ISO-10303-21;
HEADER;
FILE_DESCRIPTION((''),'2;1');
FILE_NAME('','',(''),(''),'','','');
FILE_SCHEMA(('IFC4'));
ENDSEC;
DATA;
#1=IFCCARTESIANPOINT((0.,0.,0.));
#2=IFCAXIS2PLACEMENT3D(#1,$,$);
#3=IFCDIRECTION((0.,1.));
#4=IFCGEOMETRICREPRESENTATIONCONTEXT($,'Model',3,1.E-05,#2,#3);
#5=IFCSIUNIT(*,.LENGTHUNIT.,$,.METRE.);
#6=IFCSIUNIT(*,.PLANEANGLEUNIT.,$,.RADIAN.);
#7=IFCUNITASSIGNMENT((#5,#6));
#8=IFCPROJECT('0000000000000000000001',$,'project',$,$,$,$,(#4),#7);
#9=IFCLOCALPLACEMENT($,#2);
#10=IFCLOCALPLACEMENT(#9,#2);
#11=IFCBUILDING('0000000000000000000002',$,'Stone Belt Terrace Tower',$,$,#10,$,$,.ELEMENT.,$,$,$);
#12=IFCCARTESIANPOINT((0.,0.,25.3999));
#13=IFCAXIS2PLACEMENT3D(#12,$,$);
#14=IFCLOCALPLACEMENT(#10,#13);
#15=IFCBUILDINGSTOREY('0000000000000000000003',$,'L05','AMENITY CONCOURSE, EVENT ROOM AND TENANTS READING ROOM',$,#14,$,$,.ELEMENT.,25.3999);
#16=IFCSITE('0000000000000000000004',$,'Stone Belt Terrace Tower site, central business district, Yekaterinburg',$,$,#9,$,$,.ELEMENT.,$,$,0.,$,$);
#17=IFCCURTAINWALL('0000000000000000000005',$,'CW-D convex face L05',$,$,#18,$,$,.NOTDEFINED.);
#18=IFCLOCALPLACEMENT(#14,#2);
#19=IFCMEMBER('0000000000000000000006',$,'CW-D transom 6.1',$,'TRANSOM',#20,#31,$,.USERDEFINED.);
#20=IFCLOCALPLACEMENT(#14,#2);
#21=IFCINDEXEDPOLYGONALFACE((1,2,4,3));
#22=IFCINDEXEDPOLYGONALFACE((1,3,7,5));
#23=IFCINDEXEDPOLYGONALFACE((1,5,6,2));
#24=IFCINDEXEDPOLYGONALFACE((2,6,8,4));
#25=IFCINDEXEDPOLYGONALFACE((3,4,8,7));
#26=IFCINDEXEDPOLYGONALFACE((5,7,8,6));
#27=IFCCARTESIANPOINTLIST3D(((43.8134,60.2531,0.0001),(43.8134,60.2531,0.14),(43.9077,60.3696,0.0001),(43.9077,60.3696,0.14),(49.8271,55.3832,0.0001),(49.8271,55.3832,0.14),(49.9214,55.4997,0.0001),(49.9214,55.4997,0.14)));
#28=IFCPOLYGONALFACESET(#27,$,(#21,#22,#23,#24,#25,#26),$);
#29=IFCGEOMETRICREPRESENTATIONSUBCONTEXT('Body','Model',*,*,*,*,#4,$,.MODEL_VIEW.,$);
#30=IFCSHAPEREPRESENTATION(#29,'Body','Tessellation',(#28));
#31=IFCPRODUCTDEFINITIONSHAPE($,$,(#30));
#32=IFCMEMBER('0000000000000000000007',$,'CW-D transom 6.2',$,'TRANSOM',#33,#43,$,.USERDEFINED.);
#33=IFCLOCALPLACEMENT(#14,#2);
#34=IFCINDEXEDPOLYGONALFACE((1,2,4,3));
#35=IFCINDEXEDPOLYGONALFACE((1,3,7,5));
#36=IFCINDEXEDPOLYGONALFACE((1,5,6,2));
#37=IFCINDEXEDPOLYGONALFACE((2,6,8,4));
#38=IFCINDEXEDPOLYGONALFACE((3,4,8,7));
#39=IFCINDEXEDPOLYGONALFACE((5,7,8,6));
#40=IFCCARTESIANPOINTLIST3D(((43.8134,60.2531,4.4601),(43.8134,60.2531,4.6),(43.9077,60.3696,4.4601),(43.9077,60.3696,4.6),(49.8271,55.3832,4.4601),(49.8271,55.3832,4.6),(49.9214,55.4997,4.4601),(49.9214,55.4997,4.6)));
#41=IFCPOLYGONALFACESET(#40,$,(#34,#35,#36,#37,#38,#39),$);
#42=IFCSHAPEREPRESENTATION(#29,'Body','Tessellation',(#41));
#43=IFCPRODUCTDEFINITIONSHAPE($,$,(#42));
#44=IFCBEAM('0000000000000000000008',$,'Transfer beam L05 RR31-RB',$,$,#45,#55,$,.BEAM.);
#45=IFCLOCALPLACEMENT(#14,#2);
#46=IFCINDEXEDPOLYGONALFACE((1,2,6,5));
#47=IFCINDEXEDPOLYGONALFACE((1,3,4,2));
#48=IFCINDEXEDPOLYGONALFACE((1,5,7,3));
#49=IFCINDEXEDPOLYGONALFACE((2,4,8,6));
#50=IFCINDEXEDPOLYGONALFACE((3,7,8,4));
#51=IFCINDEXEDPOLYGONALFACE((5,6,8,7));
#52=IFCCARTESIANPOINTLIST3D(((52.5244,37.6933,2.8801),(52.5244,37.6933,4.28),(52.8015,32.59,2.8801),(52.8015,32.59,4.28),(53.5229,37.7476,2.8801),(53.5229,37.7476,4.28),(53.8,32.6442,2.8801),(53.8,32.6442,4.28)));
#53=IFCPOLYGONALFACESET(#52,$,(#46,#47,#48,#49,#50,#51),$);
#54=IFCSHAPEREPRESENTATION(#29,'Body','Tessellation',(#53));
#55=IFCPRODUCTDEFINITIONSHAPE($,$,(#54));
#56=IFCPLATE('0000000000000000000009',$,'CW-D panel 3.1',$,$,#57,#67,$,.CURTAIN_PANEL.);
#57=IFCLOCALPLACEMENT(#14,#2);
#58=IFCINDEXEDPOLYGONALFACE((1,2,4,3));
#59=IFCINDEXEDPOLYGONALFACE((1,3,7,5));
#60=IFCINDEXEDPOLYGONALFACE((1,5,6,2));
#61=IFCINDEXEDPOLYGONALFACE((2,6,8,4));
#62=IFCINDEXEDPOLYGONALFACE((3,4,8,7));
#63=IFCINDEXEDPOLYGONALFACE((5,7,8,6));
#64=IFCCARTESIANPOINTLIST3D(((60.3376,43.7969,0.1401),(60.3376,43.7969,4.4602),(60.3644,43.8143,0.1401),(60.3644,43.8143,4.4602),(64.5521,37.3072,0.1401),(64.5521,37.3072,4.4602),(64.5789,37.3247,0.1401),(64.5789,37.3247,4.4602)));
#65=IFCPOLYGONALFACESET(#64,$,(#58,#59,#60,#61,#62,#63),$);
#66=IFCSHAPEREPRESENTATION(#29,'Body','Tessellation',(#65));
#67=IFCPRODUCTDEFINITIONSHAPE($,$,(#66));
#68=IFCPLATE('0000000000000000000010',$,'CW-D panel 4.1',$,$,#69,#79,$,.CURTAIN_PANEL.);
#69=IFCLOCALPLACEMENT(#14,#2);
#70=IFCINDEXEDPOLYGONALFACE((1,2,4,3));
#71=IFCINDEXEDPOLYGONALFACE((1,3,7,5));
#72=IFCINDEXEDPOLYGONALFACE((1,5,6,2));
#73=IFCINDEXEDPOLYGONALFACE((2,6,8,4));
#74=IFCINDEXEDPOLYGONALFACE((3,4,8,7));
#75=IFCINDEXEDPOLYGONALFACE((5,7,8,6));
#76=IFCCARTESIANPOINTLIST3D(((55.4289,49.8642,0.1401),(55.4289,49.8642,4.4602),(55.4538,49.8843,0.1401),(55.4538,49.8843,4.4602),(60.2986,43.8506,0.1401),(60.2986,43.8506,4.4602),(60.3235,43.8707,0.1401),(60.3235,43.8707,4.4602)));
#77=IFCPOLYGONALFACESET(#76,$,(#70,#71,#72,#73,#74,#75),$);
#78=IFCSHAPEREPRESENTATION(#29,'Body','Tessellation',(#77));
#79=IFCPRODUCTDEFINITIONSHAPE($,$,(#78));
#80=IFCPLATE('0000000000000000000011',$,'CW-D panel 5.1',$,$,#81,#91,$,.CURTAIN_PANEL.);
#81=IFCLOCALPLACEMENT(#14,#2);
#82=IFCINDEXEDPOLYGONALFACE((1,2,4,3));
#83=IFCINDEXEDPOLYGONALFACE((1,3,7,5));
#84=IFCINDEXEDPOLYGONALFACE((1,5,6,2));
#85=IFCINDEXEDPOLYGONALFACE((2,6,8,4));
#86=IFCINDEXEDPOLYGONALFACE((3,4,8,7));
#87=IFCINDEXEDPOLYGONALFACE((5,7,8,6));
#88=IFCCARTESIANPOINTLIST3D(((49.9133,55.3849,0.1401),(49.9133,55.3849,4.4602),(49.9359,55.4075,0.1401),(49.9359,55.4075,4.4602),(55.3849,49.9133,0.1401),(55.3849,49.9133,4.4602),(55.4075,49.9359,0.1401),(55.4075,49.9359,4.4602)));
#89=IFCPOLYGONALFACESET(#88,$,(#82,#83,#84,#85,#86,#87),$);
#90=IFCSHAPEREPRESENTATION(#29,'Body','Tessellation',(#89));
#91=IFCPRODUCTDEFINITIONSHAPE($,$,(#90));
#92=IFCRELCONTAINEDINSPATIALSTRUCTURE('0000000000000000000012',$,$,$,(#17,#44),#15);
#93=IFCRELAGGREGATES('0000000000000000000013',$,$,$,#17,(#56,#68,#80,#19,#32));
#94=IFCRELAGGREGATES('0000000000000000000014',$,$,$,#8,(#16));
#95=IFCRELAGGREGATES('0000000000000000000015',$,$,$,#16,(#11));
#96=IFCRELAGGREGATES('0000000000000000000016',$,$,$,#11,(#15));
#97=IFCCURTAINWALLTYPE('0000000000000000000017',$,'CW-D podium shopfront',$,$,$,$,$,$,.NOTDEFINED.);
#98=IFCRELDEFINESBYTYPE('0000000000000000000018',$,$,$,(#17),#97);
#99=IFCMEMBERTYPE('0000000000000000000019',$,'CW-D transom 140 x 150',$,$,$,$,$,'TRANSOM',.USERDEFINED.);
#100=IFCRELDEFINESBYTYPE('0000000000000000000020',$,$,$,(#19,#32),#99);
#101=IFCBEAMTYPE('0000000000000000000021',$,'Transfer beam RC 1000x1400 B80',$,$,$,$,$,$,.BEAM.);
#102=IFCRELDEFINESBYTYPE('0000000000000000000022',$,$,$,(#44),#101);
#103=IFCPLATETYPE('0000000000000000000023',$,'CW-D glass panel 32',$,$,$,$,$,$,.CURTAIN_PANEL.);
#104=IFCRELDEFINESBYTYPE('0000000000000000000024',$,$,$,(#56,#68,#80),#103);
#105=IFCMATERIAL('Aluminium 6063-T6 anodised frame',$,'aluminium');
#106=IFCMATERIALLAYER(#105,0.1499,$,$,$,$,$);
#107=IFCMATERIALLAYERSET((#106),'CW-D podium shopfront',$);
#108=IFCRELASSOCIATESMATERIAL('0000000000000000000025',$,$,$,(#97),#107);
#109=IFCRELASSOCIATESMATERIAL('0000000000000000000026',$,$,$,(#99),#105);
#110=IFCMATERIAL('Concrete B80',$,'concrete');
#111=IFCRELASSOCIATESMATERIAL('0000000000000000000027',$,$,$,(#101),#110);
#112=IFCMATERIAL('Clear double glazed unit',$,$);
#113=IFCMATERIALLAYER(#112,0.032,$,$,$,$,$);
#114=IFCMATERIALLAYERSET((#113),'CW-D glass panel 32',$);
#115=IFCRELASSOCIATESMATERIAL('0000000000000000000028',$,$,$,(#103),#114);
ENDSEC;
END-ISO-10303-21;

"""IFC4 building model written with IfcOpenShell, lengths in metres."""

from ifc_helpers import new_model, si_unit, direction, frame, origin, origin_2d, place, context, subcontext, project, spatial, rectangle, extrude, material, layer, layer_set, material_profile, profile_set, type_object, element, aggregate, save


model = new_model("IFC4")

# Units and contexts
model_context = context("Model", 3, precision=1e-05, world=origin(), true_north=direction((0.0, 1.0)))
body_context = subcontext(model_context, "Body", "Model", "MODEL_VIEW")
ifc_project = project(units=[si_unit("LENGTHUNIT", "METRE"), si_unit("PLANEANGLEUNIT", "RADIAN")], contexts=[model_context])

# Site, building, storey
site_placement = place(None, origin())
site = spatial("IfcSite", under=ifc_project, at=site_placement, Name="Stone Belt Terrace Tower site, central business district, Yekaterinburg", CompositionType="ELEMENT", RefElevation=0.0)
building_placement = place(site_placement, origin())
building = spatial("IfcBuilding", under=site, at=building_placement, Name="Stone Belt Terrace Tower", CompositionType="ELEMENT")
storey_placement = place(building_placement, frame((0.0, 0.0, 25.3999)))
storey = spatial("IfcBuildingStorey", under=building, at=storey_placement, Name="L05", Description="AMENITY CONCOURSE, EVENT ROOM AND TENANTS READING ROOM", CompositionType="ELEMENT", Elevation=25.3999)

# Shared definitions
ifc_material_1 = material(Name="Concrete B80", Category="concrete")

# Curtain wall, members
ifc_material_2 = material(Name="Aluminium 6063-T6 anodised frame", Category="aluminium")
ifc_layer_1 = layer(ifc_material_2, 0.1499)
ifc_layer_set_1 = layer_set([ifc_layer_1], Name="CW-D podium shopfront")
curtain_wall_type = type_object("IfcCurtainWallType", Name="CW-D podium shopfront", PredefinedType="NOTDEFINED", material=ifc_layer_set_1)
curtain_wall_placement = place(storey_placement, origin())
curtain_wall = element("IfcCurtainWall", 1, at=curtain_wall_placement, inside=storey, type_object=curtain_wall_type, Name="CW-D convex face L05", PredefinedType="NOTDEFINED")
ifc_material_profile_1 = material_profile(ifc_material_2, rectangle(XDim=0.1499, YDim=0.1399, at=origin_2d()), Name="Aluminium 6063-T6 150x140")
ifc_profile_set_1 = profile_set([ifc_material_profile_1], Name="Aluminium 6063-T6 anodised frame")
member_type_1 = type_object("IfcMemberType", Name="CW-D transom 140 x 150", ElementType="TRANSOM", PredefinedType="USERDEFINED", material=ifc_profile_set_1)
member_1_placement = place(storey_placement, frame((49.8743, 55.4414, 0.0701), z_axis=(-0.77714, 0.629328, 0.0), x_axis=(-0.629328, -0.77714, 0.0)))
member_1 = element("IfcMember", 2, at=member_1_placement, type_object=member_type_1, Name="CW-D transom 6.1", ObjectType="TRANSOM", PredefinedType="USERDEFINED", context=body_context, shape_type="SweptSolid", body=[
    extrude(rectangle(XDim=0.1499, YDim=0.1399, at=origin_2d()), origin(), (0.0, 0.0, 1.0), 7.7383),
])
member_2_placement = place(storey_placement, frame((49.8743, 55.4414, 4.53), z_axis=(-0.77714, 0.629328, 0.0), x_axis=(-0.629328, -0.77714, 0.0)))
member_2 = element("IfcMember", 3, at=member_2_placement, type_object=member_type_1, Name="CW-D transom 6.2", ObjectType="TRANSOM", PredefinedType="USERDEFINED", context=body_context, shape_type="SweptSolid", body=[
    extrude(rectangle(XDim=0.1499, YDim=0.1399, at=origin_2d()), origin(), (0.0, 0.0, 1.0), 7.7383),
])

# Beam
ifc_material_profile_2 = material_profile(ifc_material_1, rectangle(XDim=1.0, YDim=1.3999, at=origin_2d()), Name="RC 1000x1400")
ifc_profile_set_2 = profile_set([ifc_material_profile_2], Name="Concrete B80")
beam_type = type_object("IfcBeamType", Name="Transfer beam RC 1000x1400 B80", PredefinedType="BEAM", material=ifc_profile_set_2)
beam_placement = place(storey_placement, frame((53.0237, 37.7205, 3.5801), z_axis=(0.054219, -0.998529, 0.0), x_axis=(0.998529, 0.054219, 0.0)))
element("IfcBeam", 4, at=beam_placement, inside=storey, type_object=beam_type, Name="Transfer beam L05 RR31-RB", PredefinedType="BEAM", context=body_context, shape_type="SweptSolid", body=[
    extrude(rectangle(XDim=1.0, YDim=1.3999, at=origin_2d()), origin(), (0.0, 0.0, 1.0), 5.1108),
])

# Plates
ifc_material_3 = material(Name="Clear double glazed unit")
ifc_layer_2 = layer(ifc_material_3, 0.032)
ifc_layer_set_2 = layer_set([ifc_layer_2], Name="CW-D glass panel 32")
plate_type = type_object("IfcPlateType", Name="CW-D glass panel 32", PredefinedType="CURTAIN_PANEL", material=ifc_layer_set_2)
plate_1_placement = place(storey_placement, frame((62.4583, 40.5608, 0.1401), z_axis=(0.0, 0.0, 1.0), x_axis=(-0.544639, 0.838671, 0.0)))
plate_1 = element("IfcPlate", 5, at=plate_1_placement, type_object=plate_type, Name="CW-D panel 3.1", PredefinedType="CURTAIN_PANEL", context=body_context, shape_type="SweptSolid", body=[
    extrude(rectangle(XDim=7.738, YDim=0.032, at=origin_2d()), origin(), (0.0, 0.0, 1.0), 4.3201),
])
plate_2_placement = place(storey_placement, frame((57.8762, 46.8674, 0.1401), z_axis=(0.0, 0.0, 1.0), x_axis=(-0.62932, 0.777146, 0.0)))
plate_2 = element("IfcPlate", 6, at=plate_2_placement, type_object=plate_type, Name="CW-D panel 4.1", PredefinedType="CURTAIN_PANEL", context=body_context, shape_type="SweptSolid", body=[
    extrude(rectangle(XDim=7.738, YDim=0.032, at=origin_2d()), origin(), (0.0, 0.0, 1.0), 4.3201),
])
plate_3_placement = place(storey_placement, frame((52.6604, 52.6604, 0.1401), z_axis=(0.0, 0.0, 1.0), x_axis=(-0.707107, 0.707107, 0.0)))
plate_3 = element("IfcPlate", 7, at=plate_3_placement, type_object=plate_type, Name="CW-D panel 5.1", PredefinedType="CURTAIN_PANEL", context=body_context, shape_type="SweptSolid", body=[
    extrude(rectangle(XDim=7.738, YDim=0.032, at=origin_2d()), origin(), (0.0, 0.0, 1.0), 4.3201),
])
aggregate(curtain_wall, [plate_1, plate_2, plate_3, member_1, member_2])

save(model, "model.ifc")
